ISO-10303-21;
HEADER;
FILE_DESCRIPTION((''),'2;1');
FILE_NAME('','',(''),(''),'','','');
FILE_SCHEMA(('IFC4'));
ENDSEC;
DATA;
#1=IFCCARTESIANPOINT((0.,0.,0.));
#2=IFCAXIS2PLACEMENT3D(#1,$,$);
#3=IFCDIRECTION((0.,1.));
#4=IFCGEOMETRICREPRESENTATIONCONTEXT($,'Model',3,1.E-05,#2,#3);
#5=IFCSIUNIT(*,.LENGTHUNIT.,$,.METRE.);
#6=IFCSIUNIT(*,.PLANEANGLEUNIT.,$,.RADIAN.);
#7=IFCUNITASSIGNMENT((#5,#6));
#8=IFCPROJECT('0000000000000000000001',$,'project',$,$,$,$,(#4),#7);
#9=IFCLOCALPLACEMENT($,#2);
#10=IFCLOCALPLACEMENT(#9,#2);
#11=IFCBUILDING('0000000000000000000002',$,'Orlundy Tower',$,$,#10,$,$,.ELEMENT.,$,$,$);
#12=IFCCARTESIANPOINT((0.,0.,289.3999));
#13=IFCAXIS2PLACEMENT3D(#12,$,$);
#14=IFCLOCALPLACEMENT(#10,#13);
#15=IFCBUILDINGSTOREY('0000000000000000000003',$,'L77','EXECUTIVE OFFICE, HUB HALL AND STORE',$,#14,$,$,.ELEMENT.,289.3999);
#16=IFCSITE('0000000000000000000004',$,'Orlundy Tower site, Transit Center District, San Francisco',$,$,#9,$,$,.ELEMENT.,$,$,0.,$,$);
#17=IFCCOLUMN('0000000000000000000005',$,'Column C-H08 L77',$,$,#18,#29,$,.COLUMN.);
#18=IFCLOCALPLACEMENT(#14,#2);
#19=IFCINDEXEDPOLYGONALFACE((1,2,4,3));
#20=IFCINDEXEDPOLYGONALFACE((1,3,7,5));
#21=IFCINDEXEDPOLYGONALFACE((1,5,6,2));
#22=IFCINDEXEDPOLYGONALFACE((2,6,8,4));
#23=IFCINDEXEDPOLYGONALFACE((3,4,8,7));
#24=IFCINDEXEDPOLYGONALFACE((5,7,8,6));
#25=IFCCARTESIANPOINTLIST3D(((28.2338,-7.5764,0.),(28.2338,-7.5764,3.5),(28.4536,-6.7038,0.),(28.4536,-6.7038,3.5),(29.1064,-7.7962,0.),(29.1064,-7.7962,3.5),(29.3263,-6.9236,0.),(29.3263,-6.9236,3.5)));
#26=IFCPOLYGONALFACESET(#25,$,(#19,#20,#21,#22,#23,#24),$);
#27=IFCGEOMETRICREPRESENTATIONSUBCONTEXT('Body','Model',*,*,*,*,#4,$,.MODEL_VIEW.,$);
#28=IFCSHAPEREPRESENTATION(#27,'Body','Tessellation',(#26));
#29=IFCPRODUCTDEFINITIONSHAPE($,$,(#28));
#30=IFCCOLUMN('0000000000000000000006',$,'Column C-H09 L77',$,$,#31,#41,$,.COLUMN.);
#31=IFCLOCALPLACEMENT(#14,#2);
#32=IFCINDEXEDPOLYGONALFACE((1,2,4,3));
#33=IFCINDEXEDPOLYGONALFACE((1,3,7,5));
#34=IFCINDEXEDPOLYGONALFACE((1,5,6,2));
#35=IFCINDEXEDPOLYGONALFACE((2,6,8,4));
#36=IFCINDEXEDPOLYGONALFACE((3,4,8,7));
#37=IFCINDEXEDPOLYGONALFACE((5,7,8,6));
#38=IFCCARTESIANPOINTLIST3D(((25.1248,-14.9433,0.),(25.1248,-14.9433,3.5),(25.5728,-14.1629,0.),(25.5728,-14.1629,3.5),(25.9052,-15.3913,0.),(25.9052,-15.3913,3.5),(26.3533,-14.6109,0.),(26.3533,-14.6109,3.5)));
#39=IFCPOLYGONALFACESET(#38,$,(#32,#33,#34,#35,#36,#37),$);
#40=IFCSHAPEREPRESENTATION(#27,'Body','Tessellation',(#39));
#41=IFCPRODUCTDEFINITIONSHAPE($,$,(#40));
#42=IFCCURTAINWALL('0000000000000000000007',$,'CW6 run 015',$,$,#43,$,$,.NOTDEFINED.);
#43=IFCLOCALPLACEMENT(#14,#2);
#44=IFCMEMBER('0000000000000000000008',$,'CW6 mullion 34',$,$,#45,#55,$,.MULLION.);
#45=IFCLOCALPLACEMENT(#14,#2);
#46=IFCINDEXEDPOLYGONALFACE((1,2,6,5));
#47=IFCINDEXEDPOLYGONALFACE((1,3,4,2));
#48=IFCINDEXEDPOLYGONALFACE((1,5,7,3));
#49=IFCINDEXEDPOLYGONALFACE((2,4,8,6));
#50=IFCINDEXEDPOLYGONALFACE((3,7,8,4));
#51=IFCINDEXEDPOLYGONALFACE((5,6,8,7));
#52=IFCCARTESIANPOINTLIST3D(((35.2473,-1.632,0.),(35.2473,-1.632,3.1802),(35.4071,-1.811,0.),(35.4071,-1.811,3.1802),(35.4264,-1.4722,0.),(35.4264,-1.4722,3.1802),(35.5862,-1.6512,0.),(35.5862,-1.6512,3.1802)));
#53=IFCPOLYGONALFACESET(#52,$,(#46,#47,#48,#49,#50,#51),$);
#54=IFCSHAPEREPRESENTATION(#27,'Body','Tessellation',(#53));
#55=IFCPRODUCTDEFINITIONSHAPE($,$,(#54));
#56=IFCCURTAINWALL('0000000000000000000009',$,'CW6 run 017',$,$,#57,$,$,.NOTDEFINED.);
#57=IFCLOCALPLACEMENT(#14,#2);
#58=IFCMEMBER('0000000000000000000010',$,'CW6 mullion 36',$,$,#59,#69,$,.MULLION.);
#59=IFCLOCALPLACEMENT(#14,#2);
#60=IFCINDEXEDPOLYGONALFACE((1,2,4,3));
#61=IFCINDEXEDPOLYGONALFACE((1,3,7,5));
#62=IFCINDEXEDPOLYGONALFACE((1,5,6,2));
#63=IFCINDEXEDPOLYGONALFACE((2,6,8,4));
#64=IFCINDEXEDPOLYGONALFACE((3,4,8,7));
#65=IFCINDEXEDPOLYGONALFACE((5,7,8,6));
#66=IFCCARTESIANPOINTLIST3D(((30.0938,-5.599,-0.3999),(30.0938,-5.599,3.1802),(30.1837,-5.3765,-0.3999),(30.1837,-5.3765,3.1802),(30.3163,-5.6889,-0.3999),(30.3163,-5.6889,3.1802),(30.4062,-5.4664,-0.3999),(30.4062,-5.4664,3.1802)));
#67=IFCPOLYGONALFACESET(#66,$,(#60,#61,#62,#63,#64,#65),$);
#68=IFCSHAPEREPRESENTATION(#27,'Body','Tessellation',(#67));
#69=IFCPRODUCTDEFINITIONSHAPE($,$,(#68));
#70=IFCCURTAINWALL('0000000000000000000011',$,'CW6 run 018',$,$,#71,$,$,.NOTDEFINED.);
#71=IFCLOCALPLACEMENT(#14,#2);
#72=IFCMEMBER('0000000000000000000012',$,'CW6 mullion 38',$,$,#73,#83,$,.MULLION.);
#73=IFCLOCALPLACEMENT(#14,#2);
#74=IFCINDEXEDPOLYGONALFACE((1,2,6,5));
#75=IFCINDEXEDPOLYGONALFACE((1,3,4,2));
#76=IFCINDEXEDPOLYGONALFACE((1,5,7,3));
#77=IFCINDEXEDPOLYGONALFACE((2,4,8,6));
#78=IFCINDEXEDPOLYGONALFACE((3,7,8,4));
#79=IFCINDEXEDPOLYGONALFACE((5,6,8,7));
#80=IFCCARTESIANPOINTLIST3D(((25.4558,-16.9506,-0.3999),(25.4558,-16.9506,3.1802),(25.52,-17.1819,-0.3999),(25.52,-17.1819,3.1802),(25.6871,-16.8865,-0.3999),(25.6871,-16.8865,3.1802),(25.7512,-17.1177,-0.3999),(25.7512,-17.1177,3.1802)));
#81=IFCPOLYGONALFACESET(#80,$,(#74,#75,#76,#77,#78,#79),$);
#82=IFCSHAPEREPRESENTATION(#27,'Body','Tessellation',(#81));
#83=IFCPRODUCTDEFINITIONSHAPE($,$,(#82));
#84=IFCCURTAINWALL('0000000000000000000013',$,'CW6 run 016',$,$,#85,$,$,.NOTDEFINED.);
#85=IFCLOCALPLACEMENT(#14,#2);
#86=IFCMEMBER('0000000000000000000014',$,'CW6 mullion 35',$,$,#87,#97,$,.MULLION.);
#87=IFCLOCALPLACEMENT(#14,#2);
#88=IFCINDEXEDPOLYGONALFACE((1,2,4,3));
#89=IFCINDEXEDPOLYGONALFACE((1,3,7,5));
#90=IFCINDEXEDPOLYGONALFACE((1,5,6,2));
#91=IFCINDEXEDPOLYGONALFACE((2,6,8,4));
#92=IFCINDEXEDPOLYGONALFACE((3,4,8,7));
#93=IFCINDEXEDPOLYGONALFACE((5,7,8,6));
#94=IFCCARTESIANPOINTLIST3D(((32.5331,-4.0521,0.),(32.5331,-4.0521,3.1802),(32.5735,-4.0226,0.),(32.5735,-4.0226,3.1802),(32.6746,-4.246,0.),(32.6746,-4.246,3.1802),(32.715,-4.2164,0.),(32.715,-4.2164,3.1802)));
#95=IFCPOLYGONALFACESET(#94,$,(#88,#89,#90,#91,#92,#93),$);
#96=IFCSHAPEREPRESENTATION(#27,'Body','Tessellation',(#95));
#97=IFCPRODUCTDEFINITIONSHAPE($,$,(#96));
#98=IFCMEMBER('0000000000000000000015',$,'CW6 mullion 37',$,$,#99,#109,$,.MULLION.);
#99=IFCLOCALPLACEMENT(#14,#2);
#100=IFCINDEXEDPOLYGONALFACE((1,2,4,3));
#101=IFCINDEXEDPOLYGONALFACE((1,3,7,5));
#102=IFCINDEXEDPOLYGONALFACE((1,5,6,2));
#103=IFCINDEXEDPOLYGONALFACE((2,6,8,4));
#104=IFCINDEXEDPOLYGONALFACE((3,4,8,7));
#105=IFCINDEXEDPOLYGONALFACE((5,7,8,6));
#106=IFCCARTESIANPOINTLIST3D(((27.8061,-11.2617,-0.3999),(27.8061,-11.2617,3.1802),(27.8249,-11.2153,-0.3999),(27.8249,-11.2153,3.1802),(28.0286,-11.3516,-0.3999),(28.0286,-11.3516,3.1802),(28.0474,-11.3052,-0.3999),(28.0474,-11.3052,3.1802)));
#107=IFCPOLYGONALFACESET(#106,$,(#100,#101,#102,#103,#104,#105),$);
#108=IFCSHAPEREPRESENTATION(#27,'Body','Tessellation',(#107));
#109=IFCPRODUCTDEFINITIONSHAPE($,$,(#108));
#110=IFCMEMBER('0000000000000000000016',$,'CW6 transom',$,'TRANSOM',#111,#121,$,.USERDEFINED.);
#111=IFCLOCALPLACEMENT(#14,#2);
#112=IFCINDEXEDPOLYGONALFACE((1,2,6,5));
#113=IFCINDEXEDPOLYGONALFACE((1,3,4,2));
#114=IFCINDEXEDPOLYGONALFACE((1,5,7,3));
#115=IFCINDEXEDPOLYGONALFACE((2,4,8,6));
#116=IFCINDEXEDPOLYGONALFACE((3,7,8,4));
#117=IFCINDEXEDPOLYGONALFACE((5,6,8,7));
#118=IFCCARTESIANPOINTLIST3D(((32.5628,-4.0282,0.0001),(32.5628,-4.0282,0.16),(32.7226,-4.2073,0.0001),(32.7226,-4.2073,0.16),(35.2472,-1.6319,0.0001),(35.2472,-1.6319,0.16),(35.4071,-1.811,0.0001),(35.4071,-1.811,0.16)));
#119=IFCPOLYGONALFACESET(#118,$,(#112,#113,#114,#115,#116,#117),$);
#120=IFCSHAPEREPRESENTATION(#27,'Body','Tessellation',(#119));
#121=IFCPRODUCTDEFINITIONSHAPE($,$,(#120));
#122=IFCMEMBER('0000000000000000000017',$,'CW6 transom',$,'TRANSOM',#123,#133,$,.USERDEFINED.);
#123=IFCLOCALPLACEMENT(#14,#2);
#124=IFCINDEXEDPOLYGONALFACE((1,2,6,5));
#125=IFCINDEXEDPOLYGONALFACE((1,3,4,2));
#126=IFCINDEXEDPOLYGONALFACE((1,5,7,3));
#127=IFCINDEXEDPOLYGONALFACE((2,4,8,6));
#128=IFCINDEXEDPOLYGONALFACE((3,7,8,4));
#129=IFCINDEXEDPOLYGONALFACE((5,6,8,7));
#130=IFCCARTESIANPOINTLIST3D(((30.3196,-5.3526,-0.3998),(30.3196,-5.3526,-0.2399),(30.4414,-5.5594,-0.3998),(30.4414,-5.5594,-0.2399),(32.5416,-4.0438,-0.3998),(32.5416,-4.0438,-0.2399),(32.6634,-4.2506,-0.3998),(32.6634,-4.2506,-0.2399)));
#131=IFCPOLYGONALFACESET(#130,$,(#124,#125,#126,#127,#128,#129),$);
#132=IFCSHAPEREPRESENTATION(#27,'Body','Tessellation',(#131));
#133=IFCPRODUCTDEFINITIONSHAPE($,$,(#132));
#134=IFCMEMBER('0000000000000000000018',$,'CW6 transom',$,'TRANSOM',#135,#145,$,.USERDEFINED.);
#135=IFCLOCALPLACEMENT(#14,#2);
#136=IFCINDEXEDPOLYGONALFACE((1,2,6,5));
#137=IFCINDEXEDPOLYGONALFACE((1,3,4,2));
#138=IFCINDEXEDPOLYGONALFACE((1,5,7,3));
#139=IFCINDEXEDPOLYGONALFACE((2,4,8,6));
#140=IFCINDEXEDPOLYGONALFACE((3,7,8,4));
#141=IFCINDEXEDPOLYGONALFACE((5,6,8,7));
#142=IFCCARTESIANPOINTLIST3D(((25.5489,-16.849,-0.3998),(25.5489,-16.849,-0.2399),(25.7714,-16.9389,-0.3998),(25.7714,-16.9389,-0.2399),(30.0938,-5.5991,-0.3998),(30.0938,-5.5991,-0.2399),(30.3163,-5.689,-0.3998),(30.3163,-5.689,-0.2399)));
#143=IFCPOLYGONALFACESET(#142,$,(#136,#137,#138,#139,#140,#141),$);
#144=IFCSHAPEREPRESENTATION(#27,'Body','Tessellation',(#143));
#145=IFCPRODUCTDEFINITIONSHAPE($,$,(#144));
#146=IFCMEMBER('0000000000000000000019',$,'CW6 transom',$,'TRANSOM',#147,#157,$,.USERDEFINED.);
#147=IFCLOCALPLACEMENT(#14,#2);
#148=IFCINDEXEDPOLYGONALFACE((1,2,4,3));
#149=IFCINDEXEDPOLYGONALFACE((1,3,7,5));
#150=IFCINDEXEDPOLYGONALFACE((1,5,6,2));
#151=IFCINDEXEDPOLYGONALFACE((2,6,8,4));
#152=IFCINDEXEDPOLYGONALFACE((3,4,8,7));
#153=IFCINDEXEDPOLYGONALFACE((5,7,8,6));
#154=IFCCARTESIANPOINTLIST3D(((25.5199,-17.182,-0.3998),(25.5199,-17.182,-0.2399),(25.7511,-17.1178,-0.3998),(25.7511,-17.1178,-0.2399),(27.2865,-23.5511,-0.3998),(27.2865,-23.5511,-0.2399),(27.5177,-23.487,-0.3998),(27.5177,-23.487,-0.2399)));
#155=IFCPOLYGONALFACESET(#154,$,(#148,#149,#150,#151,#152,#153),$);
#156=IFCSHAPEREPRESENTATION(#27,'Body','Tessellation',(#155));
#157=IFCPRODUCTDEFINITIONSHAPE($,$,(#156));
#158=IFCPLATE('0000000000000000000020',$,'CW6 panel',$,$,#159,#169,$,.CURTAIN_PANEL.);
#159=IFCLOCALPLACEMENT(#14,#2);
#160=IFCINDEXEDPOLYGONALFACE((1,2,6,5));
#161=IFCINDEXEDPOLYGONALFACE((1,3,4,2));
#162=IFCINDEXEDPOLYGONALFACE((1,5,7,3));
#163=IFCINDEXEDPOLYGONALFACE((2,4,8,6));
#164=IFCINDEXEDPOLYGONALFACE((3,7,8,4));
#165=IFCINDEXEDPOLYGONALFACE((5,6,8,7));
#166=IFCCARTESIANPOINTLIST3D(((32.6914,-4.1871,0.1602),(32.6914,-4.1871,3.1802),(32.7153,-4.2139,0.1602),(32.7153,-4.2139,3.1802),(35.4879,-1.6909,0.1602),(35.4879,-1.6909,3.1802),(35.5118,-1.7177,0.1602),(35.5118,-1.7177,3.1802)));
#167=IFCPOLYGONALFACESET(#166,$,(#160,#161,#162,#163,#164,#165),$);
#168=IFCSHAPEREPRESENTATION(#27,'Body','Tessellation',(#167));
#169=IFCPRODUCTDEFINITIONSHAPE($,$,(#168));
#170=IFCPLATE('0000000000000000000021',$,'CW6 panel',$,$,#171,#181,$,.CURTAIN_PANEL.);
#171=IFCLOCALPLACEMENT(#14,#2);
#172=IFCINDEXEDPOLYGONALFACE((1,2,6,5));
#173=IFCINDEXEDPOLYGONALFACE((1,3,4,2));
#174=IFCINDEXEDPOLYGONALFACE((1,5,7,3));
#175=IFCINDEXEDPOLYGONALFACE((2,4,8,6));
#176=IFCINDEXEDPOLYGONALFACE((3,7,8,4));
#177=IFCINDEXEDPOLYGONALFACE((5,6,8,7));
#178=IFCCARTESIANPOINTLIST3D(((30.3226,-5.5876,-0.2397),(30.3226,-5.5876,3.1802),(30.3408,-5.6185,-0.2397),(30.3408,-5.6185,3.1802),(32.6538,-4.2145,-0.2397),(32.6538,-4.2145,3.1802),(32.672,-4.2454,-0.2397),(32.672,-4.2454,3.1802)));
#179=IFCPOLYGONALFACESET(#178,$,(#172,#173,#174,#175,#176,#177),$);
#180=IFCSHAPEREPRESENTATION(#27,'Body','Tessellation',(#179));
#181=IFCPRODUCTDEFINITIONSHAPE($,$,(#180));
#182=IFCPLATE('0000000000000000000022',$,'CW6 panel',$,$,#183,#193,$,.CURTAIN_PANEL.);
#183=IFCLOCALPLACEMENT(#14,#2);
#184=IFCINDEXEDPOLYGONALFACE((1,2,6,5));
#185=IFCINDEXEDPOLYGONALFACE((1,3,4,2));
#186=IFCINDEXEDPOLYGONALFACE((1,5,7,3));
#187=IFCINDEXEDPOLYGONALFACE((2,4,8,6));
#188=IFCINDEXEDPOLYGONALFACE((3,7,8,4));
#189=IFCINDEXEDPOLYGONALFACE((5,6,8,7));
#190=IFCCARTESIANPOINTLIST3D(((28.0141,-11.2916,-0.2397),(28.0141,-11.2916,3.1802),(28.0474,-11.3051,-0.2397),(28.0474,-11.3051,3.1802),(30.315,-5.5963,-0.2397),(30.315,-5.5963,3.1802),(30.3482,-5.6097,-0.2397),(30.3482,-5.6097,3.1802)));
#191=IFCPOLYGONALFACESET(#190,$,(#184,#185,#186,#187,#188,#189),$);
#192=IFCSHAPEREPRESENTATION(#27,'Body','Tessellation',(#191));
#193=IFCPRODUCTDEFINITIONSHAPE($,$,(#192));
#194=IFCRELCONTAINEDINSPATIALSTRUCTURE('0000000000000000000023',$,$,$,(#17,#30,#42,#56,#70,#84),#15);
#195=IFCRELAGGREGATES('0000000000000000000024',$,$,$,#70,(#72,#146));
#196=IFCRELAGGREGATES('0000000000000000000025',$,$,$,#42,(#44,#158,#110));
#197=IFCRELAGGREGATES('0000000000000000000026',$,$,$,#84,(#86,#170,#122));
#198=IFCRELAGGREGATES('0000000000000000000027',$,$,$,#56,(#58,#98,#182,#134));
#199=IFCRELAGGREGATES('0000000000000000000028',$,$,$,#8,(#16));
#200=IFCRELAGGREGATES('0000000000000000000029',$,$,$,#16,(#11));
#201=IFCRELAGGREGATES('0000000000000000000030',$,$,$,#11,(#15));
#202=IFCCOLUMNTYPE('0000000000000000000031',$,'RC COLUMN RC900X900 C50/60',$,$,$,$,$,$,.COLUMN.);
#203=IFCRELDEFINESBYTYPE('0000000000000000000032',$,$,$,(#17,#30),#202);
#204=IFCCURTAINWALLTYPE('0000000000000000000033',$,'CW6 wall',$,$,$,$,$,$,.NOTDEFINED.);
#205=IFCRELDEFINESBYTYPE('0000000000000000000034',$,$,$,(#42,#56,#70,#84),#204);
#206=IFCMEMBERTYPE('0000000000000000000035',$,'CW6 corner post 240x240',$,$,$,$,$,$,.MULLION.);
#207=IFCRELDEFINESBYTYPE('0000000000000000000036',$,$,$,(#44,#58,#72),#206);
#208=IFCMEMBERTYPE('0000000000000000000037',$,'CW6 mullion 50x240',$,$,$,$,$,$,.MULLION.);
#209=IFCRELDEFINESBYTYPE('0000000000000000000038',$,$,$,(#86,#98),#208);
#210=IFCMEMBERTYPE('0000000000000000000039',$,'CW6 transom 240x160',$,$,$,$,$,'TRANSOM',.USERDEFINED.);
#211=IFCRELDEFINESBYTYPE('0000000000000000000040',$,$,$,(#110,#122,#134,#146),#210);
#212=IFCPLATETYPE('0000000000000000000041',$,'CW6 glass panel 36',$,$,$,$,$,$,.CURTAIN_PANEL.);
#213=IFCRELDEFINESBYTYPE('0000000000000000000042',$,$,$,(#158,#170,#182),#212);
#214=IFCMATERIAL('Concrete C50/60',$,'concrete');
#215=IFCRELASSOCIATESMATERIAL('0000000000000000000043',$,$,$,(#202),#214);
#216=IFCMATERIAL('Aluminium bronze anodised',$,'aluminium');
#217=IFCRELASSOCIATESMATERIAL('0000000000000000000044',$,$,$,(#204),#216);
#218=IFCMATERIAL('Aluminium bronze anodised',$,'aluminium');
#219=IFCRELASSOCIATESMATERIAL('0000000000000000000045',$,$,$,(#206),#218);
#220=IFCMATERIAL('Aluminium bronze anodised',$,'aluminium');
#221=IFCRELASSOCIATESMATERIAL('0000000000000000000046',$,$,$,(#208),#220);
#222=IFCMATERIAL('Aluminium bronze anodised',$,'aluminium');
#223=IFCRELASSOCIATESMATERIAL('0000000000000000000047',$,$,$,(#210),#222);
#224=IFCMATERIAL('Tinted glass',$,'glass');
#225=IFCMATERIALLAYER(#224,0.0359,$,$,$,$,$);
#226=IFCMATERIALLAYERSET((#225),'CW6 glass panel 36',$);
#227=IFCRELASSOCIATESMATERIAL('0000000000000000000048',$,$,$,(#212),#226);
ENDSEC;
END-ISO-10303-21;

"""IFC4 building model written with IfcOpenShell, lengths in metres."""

from ifc_helpers import new_model, si_unit, direction, frame, origin, origin_2d, place, context, subcontext, project, spatial, rectangle, extrude, material, layer, layer_set, material_profile, profile_set, type_object, element, aggregate, save


model = new_model("IFC4")

# Units and contexts
model_context = context("Model", 3, precision=1e-05, world=origin(), true_north=direction((0.0, 1.0)))
body_context = subcontext(model_context, "Body", "Model", "MODEL_VIEW")
ifc_project = project(units=[si_unit("LENGTHUNIT", "METRE"), si_unit("PLANEANGLEUNIT", "RADIAN")], contexts=[model_context])

# Site, building, storey
site_placement = place(None, origin())
site = spatial("IfcSite", under=ifc_project, at=site_placement, Name="Orlundy Tower site, Transit Center District, San Francisco", CompositionType="ELEMENT", RefElevation=0.0)
building_placement = place(site_placement, origin())
building = spatial("IfcBuilding", under=site, at=building_placement, Name="Orlundy Tower", CompositionType="ELEMENT")
storey_placement = place(building_placement, frame((0.0, 0.0, 289.3999)))
storey = spatial("IfcBuildingStorey", under=building, at=storey_placement, Name="L77", Description="EXECUTIVE OFFICE, HUB HALL AND STORE", CompositionType="ELEMENT", Elevation=289.3999)

# Columns
ifc_material_1 = material(Name="Concrete C50/60", Category="concrete")
ifc_material_profile_1 = material_profile(ifc_material_1, rectangle(XDim=0.8999, YDim=0.8999, at=origin_2d()), Name="RC900X900")
ifc_profile_set_1 = profile_set([ifc_material_profile_1], Name="Concrete C50/60")
column_type = type_object("IfcColumnType", Name="RC COLUMN RC900X900 C50/60", PredefinedType="COLUMN", material=ifc_profile_set_1)
for number, where, z_axis, x_axis, name in (
    (1, (28.78, -7.25, 0.0), (0.0, 0.0, 1.0), (0.969706, -0.244275, 0.0), "Column C-H08 L77"),
    (2, (25.739, -14.7771, 0.0), (0.0, 0.0, 1.0), (0.867236, -0.497898, 0.0), "Column C-H09 L77"),
):
    element("IfcColumn", number, at=place(storey_placement, frame(where, z_axis=z_axis, x_axis=x_axis)), inside=storey, type_object=column_type, Name=name, PredefinedType="COLUMN", context=body_context, shape_type="SweptSolid", body=[
        extrude(rectangle(XDim=0.8999, YDim=0.8999, at=origin_2d()), origin(), (0.0, 0.0, 1.0), 3.5),
    ])

# Curtain walls, members
ifc_material_2 = material(Name="Aluminium bronze anodised", Category="aluminium")
curtain_wall_type = type_object("IfcCurtainWallType", Name="CW6 wall", PredefinedType="NOTDEFINED", material=ifc_material_2)
curtain_wall_1_placement = place(storey_placement, origin())
curtain_wall_1 = element("IfcCurtainWall", 3, at=curtain_wall_1_placement, inside=storey, type_object=curtain_wall_type, Name="CW6 run 015", PredefinedType="NOTDEFINED")
ifc_material_3 = material(Name="Aluminium bronze anodised", Category="aluminium")
ifc_material_profile_2 = material_profile(ifc_material_3, rectangle(XDim=0.24, YDim=0.24, at=origin_2d()), Name="CW6 corner post 240x240")
ifc_profile_set_2 = profile_set([ifc_material_profile_2], Name="Aluminium bronze anodised")
member_type_1 = type_object("IfcMemberType", Name="CW6 corner post 240x240", PredefinedType="MULLION", material=ifc_profile_set_2)
member_1_placement = place(storey_placement, frame((35.4167, -1.6416, 0.0), z_axis=(0.0, 0.0, 1.0), x_axis=(0.665919, -0.746024, 0.0)))
member_1 = element("IfcMember", 4, at=member_1_placement, type_object=member_type_1, Name="CW6 mullion 34", PredefinedType="MULLION", context=body_context, shape_type="SweptSolid", body=[
    extrude(rectangle(XDim=0.24, YDim=0.24, at=origin_2d()), origin(), (0.0, 0.0, 1.0), 3.1802),
])
curtain_wall_2_placement = place(storey_placement, origin())
curtain_wall_2 = element("IfcCurtainWall", 5, at=curtain_wall_2_placement, inside=storey, type_object=curtain_wall_type, Name="CW6 run 017", PredefinedType="NOTDEFINED")
member_2_placement = place(storey_placement, frame((30.25, -5.5327, -0.3999), z_axis=(0.0, 0.0, 1.0), x_axis=(0.927195, -0.374578, 0.0)))
member_2 = element("IfcMember", 6, at=member_2_placement, type_object=member_type_1, Name="CW6 mullion 36", PredefinedType="MULLION", context=body_context, shape_type="SweptSolid", body=[
    extrude(rectangle(XDim=0.24, YDim=0.24, at=origin_2d()), origin(), (0.0, 0.0, 1.0), 3.5801),
])
curtain_wall_3_placement = place(storey_placement, origin())
curtain_wall_3 = element("IfcCurtainWall", 7, at=curtain_wall_3_placement, inside=storey, type_object=curtain_wall_type, Name="CW6 run 018", PredefinedType="NOTDEFINED")
member_3_placement = place(storey_placement, frame((25.6035, -17.0342, -0.3999), z_axis=(0.0, 0.0, 1.0), x_axis=(0.963626, 0.267256, 0.0)))
member_3 = element("IfcMember", 8, at=member_3_placement, type_object=member_type_1, Name="CW6 mullion 38", PredefinedType="MULLION", context=body_context, shape_type="SweptSolid", body=[
    extrude(rectangle(XDim=0.24, YDim=0.24, at=origin_2d()), origin(), (0.0, 0.0, 1.0), 3.5801),
])
curtain_wall_4_placement = place(storey_placement, origin())
curtain_wall_4 = element("IfcCurtainWall", 9, at=curtain_wall_4_placement, inside=storey, type_object=curtain_wall_type, Name="CW6 run 016", PredefinedType="NOTDEFINED")
ifc_material_4 = material(Name="Aluminium bronze anodised", Category="aluminium")
ifc_material_profile_3 = material_profile(ifc_material_4, rectangle(XDim=0.24, YDim=0.05, at=origin_2d()), Name="CW6 mullion 50x240")
ifc_profile_set_3 = profile_set([ifc_material_profile_3], Name="Aluminium bronze anodised")
member_type_2 = type_object("IfcMemberType", Name="CW6 mullion 50x240", PredefinedType="MULLION", material=ifc_profile_set_3)
member_4_placement = place(storey_placement, frame((32.624, -4.1343, 0.0), z_axis=(0.0, 0.0, 1.0), x_axis=(0.589554, -0.807729, 0.0)))
member_4 = element("IfcMember", 10, at=member_4_placement, type_object=member_type_2, Name="CW6 mullion 35", PredefinedType="MULLION", context=body_context, shape_type="SweptSolid", body=[
    extrude(rectangle(XDim=0.24, YDim=0.05, at=origin_2d()), origin(), (0.0, 0.0, 1.0), 3.1802),
])

# Members
member_5_placement = place(storey_placement, frame((27.9268, -11.2834, -0.3999), z_axis=(0.0, 0.0, 1.0), x_axis=(0.927195, -0.374578, 0.0)))
member_5 = element("IfcMember", 11, at=member_5_placement, type_object=member_type_2, Name="CW6 mullion 37", PredefinedType="MULLION", context=body_context, shape_type="SweptSolid", body=[
    extrude(rectangle(XDim=0.24, YDim=0.05, at=origin_2d()), origin(), (0.0, 0.0, 1.0), 3.5801),
])
ifc_material_5 = material(Name="Aluminium bronze anodised", Category="aluminium")
ifc_material_profile_4 = material_profile(ifc_material_5, rectangle(XDim=0.24, YDim=0.1599, at=origin_2d()), Name="CW6 transom 240x160")
ifc_profile_set_4 = profile_set([ifc_material_profile_4], Name="Aluminium bronze anodised")
member_type_3 = type_object("IfcMemberType", Name="CW6 transom 240x160", ElementType="TRANSOM", PredefinedType="USERDEFINED", material=ifc_profile_set_4)
member_6_placement = place(storey_placement, frame((35.3271, -1.7214, 0.0801), z_axis=(-0.746004, -0.665942, 0.0), x_axis=(0.665942, -0.746004, 0.0)))
member_6 = element("IfcMember", 12, at=member_6_placement, type_object=member_type_3, Name="CW6 transom", ObjectType="TRANSOM", PredefinedType="USERDEFINED", context=body_context, shape_type="SweptSolid", body=[
    extrude(rectangle(XDim=0.24, YDim=0.1599, at=origin_2d()), origin(), (0.0, 0.0, 1.0), 3.5984),
])
member_7_placement = place(storey_placement, frame((32.6025, -4.1472, -0.3198), z_axis=(-0.861649, -0.507504, 0.0), x_axis=(0.507504, -0.861649, 0.0)))
member_7 = element("IfcMember", 13, at=member_7_placement, type_object=member_type_3, Name="CW6 transom", ObjectType="TRANSOM", PredefinedType="USERDEFINED", context=body_context, shape_type="SweptSolid", body=[
    extrude(rectangle(XDim=0.24, YDim=0.1599, at=origin_2d()), origin(), (0.0, 0.0, 1.0), 2.5789),
])
member_8_placement = place(storey_placement, frame((30.2051, -5.644, -0.3198), z_axis=(-0.37458, -0.927195, 0.0), x_axis=(0.927195, -0.37458, 0.0)))
member_8 = element("IfcMember", 14, at=member_8_placement, type_object=member_type_3, Name="CW6 transom", ObjectType="TRANSOM", PredefinedType="USERDEFINED", context=body_context, shape_type="SweptSolid", body=[
    extrude(rectangle(XDim=0.24, YDim=0.1599, at=origin_2d()), origin(), (0.0, 0.0, 1.0), 12.1333),
])
member_9_placement = place(storey_placement, frame((25.6355, -17.1499, -0.3198), z_axis=(0.267278, -0.963619, 0.0), x_axis=(0.963619, 0.267278, 0.0)))
member_9 = element("IfcMember", 15, at=member_9_placement, type_object=member_type_3, Name="CW6 transom", ObjectType="TRANSOM", PredefinedType="USERDEFINED", context=body_context, shape_type="SweptSolid", body=[
    extrude(rectangle(XDim=0.24, YDim=0.1599, at=origin_2d()), origin(), (0.0, 0.0, 1.0), 6.6096),
])
aggregate(curtain_wall_3, [member_3, member_9])

# Plates
ifc_material_6 = material(Name="Tinted glass", Category="glass")
ifc_layer_1 = layer(ifc_material_6, 0.0359)
ifc_layer_set_1 = layer_set([ifc_layer_1], Name="CW6 glass panel 36")
plate_type = type_object("IfcPlateType", Name="CW6 glass panel 36", PredefinedType="CURTAIN_PANEL", material=ifc_layer_set_1)
plate_1_placement = place(storey_placement, frame((34.1016, -2.9524, 0.1602), z_axis=(0.0, 0.0, 1.0), x_axis=(-0.746024, -0.665919, 0.0)))
plate_1 = element("IfcPlate", 16, at=plate_1_placement, type_object=plate_type, Name="CW6 panel", PredefinedType="CURTAIN_PANEL", context=body_context, shape_type="SweptSolid", body=[
    extrude(rectangle(XDim=3.7485, YDim=0.0359, at=origin_2d()), origin(), (0.0, 0.0, 1.0), 3.02),
])
aggregate(curtain_wall_1, [member_1, plate_1, member_6])
plate_2_placement = place(storey_placement, frame((31.4973, -4.9165, -0.2397), z_axis=(0.0, 0.0, 1.0), x_axis=(-0.861648, -0.507507, 0.0)))
plate_2 = element("IfcPlate", 17, at=plate_2_placement, type_object=plate_type, Name="CW6 panel", PredefinedType="CURTAIN_PANEL", context=body_context, shape_type="SweptSolid", body=[
    extrude(rectangle(XDim=2.7056, YDim=0.0359, at=origin_2d()), origin(), (0.0, 0.0, 1.0), 3.4199),
])
aggregate(curtain_wall_4, [member_4, plate_2, member_7])
plate_3_placement = place(storey_placement, frame((29.1812, -8.4507, -0.2397), z_axis=(0.0, 0.0, 1.0), x_axis=(-0.374578, -0.927195, 0.0)))
plate_3 = element("IfcPlate", 18, at=plate_3_placement, type_object=plate_type, Name="CW6 panel", PredefinedType="CURTAIN_PANEL", context=body_context, shape_type="SweptSolid", body=[
    extrude(rectangle(XDim=6.1426, YDim=0.0359, at=origin_2d()), origin(), (0.0, 0.0, 1.0), 3.4199),
])
aggregate(curtain_wall_2, [member_2, member_5, plate_3, member_8])

save(model, "model.ifc")
